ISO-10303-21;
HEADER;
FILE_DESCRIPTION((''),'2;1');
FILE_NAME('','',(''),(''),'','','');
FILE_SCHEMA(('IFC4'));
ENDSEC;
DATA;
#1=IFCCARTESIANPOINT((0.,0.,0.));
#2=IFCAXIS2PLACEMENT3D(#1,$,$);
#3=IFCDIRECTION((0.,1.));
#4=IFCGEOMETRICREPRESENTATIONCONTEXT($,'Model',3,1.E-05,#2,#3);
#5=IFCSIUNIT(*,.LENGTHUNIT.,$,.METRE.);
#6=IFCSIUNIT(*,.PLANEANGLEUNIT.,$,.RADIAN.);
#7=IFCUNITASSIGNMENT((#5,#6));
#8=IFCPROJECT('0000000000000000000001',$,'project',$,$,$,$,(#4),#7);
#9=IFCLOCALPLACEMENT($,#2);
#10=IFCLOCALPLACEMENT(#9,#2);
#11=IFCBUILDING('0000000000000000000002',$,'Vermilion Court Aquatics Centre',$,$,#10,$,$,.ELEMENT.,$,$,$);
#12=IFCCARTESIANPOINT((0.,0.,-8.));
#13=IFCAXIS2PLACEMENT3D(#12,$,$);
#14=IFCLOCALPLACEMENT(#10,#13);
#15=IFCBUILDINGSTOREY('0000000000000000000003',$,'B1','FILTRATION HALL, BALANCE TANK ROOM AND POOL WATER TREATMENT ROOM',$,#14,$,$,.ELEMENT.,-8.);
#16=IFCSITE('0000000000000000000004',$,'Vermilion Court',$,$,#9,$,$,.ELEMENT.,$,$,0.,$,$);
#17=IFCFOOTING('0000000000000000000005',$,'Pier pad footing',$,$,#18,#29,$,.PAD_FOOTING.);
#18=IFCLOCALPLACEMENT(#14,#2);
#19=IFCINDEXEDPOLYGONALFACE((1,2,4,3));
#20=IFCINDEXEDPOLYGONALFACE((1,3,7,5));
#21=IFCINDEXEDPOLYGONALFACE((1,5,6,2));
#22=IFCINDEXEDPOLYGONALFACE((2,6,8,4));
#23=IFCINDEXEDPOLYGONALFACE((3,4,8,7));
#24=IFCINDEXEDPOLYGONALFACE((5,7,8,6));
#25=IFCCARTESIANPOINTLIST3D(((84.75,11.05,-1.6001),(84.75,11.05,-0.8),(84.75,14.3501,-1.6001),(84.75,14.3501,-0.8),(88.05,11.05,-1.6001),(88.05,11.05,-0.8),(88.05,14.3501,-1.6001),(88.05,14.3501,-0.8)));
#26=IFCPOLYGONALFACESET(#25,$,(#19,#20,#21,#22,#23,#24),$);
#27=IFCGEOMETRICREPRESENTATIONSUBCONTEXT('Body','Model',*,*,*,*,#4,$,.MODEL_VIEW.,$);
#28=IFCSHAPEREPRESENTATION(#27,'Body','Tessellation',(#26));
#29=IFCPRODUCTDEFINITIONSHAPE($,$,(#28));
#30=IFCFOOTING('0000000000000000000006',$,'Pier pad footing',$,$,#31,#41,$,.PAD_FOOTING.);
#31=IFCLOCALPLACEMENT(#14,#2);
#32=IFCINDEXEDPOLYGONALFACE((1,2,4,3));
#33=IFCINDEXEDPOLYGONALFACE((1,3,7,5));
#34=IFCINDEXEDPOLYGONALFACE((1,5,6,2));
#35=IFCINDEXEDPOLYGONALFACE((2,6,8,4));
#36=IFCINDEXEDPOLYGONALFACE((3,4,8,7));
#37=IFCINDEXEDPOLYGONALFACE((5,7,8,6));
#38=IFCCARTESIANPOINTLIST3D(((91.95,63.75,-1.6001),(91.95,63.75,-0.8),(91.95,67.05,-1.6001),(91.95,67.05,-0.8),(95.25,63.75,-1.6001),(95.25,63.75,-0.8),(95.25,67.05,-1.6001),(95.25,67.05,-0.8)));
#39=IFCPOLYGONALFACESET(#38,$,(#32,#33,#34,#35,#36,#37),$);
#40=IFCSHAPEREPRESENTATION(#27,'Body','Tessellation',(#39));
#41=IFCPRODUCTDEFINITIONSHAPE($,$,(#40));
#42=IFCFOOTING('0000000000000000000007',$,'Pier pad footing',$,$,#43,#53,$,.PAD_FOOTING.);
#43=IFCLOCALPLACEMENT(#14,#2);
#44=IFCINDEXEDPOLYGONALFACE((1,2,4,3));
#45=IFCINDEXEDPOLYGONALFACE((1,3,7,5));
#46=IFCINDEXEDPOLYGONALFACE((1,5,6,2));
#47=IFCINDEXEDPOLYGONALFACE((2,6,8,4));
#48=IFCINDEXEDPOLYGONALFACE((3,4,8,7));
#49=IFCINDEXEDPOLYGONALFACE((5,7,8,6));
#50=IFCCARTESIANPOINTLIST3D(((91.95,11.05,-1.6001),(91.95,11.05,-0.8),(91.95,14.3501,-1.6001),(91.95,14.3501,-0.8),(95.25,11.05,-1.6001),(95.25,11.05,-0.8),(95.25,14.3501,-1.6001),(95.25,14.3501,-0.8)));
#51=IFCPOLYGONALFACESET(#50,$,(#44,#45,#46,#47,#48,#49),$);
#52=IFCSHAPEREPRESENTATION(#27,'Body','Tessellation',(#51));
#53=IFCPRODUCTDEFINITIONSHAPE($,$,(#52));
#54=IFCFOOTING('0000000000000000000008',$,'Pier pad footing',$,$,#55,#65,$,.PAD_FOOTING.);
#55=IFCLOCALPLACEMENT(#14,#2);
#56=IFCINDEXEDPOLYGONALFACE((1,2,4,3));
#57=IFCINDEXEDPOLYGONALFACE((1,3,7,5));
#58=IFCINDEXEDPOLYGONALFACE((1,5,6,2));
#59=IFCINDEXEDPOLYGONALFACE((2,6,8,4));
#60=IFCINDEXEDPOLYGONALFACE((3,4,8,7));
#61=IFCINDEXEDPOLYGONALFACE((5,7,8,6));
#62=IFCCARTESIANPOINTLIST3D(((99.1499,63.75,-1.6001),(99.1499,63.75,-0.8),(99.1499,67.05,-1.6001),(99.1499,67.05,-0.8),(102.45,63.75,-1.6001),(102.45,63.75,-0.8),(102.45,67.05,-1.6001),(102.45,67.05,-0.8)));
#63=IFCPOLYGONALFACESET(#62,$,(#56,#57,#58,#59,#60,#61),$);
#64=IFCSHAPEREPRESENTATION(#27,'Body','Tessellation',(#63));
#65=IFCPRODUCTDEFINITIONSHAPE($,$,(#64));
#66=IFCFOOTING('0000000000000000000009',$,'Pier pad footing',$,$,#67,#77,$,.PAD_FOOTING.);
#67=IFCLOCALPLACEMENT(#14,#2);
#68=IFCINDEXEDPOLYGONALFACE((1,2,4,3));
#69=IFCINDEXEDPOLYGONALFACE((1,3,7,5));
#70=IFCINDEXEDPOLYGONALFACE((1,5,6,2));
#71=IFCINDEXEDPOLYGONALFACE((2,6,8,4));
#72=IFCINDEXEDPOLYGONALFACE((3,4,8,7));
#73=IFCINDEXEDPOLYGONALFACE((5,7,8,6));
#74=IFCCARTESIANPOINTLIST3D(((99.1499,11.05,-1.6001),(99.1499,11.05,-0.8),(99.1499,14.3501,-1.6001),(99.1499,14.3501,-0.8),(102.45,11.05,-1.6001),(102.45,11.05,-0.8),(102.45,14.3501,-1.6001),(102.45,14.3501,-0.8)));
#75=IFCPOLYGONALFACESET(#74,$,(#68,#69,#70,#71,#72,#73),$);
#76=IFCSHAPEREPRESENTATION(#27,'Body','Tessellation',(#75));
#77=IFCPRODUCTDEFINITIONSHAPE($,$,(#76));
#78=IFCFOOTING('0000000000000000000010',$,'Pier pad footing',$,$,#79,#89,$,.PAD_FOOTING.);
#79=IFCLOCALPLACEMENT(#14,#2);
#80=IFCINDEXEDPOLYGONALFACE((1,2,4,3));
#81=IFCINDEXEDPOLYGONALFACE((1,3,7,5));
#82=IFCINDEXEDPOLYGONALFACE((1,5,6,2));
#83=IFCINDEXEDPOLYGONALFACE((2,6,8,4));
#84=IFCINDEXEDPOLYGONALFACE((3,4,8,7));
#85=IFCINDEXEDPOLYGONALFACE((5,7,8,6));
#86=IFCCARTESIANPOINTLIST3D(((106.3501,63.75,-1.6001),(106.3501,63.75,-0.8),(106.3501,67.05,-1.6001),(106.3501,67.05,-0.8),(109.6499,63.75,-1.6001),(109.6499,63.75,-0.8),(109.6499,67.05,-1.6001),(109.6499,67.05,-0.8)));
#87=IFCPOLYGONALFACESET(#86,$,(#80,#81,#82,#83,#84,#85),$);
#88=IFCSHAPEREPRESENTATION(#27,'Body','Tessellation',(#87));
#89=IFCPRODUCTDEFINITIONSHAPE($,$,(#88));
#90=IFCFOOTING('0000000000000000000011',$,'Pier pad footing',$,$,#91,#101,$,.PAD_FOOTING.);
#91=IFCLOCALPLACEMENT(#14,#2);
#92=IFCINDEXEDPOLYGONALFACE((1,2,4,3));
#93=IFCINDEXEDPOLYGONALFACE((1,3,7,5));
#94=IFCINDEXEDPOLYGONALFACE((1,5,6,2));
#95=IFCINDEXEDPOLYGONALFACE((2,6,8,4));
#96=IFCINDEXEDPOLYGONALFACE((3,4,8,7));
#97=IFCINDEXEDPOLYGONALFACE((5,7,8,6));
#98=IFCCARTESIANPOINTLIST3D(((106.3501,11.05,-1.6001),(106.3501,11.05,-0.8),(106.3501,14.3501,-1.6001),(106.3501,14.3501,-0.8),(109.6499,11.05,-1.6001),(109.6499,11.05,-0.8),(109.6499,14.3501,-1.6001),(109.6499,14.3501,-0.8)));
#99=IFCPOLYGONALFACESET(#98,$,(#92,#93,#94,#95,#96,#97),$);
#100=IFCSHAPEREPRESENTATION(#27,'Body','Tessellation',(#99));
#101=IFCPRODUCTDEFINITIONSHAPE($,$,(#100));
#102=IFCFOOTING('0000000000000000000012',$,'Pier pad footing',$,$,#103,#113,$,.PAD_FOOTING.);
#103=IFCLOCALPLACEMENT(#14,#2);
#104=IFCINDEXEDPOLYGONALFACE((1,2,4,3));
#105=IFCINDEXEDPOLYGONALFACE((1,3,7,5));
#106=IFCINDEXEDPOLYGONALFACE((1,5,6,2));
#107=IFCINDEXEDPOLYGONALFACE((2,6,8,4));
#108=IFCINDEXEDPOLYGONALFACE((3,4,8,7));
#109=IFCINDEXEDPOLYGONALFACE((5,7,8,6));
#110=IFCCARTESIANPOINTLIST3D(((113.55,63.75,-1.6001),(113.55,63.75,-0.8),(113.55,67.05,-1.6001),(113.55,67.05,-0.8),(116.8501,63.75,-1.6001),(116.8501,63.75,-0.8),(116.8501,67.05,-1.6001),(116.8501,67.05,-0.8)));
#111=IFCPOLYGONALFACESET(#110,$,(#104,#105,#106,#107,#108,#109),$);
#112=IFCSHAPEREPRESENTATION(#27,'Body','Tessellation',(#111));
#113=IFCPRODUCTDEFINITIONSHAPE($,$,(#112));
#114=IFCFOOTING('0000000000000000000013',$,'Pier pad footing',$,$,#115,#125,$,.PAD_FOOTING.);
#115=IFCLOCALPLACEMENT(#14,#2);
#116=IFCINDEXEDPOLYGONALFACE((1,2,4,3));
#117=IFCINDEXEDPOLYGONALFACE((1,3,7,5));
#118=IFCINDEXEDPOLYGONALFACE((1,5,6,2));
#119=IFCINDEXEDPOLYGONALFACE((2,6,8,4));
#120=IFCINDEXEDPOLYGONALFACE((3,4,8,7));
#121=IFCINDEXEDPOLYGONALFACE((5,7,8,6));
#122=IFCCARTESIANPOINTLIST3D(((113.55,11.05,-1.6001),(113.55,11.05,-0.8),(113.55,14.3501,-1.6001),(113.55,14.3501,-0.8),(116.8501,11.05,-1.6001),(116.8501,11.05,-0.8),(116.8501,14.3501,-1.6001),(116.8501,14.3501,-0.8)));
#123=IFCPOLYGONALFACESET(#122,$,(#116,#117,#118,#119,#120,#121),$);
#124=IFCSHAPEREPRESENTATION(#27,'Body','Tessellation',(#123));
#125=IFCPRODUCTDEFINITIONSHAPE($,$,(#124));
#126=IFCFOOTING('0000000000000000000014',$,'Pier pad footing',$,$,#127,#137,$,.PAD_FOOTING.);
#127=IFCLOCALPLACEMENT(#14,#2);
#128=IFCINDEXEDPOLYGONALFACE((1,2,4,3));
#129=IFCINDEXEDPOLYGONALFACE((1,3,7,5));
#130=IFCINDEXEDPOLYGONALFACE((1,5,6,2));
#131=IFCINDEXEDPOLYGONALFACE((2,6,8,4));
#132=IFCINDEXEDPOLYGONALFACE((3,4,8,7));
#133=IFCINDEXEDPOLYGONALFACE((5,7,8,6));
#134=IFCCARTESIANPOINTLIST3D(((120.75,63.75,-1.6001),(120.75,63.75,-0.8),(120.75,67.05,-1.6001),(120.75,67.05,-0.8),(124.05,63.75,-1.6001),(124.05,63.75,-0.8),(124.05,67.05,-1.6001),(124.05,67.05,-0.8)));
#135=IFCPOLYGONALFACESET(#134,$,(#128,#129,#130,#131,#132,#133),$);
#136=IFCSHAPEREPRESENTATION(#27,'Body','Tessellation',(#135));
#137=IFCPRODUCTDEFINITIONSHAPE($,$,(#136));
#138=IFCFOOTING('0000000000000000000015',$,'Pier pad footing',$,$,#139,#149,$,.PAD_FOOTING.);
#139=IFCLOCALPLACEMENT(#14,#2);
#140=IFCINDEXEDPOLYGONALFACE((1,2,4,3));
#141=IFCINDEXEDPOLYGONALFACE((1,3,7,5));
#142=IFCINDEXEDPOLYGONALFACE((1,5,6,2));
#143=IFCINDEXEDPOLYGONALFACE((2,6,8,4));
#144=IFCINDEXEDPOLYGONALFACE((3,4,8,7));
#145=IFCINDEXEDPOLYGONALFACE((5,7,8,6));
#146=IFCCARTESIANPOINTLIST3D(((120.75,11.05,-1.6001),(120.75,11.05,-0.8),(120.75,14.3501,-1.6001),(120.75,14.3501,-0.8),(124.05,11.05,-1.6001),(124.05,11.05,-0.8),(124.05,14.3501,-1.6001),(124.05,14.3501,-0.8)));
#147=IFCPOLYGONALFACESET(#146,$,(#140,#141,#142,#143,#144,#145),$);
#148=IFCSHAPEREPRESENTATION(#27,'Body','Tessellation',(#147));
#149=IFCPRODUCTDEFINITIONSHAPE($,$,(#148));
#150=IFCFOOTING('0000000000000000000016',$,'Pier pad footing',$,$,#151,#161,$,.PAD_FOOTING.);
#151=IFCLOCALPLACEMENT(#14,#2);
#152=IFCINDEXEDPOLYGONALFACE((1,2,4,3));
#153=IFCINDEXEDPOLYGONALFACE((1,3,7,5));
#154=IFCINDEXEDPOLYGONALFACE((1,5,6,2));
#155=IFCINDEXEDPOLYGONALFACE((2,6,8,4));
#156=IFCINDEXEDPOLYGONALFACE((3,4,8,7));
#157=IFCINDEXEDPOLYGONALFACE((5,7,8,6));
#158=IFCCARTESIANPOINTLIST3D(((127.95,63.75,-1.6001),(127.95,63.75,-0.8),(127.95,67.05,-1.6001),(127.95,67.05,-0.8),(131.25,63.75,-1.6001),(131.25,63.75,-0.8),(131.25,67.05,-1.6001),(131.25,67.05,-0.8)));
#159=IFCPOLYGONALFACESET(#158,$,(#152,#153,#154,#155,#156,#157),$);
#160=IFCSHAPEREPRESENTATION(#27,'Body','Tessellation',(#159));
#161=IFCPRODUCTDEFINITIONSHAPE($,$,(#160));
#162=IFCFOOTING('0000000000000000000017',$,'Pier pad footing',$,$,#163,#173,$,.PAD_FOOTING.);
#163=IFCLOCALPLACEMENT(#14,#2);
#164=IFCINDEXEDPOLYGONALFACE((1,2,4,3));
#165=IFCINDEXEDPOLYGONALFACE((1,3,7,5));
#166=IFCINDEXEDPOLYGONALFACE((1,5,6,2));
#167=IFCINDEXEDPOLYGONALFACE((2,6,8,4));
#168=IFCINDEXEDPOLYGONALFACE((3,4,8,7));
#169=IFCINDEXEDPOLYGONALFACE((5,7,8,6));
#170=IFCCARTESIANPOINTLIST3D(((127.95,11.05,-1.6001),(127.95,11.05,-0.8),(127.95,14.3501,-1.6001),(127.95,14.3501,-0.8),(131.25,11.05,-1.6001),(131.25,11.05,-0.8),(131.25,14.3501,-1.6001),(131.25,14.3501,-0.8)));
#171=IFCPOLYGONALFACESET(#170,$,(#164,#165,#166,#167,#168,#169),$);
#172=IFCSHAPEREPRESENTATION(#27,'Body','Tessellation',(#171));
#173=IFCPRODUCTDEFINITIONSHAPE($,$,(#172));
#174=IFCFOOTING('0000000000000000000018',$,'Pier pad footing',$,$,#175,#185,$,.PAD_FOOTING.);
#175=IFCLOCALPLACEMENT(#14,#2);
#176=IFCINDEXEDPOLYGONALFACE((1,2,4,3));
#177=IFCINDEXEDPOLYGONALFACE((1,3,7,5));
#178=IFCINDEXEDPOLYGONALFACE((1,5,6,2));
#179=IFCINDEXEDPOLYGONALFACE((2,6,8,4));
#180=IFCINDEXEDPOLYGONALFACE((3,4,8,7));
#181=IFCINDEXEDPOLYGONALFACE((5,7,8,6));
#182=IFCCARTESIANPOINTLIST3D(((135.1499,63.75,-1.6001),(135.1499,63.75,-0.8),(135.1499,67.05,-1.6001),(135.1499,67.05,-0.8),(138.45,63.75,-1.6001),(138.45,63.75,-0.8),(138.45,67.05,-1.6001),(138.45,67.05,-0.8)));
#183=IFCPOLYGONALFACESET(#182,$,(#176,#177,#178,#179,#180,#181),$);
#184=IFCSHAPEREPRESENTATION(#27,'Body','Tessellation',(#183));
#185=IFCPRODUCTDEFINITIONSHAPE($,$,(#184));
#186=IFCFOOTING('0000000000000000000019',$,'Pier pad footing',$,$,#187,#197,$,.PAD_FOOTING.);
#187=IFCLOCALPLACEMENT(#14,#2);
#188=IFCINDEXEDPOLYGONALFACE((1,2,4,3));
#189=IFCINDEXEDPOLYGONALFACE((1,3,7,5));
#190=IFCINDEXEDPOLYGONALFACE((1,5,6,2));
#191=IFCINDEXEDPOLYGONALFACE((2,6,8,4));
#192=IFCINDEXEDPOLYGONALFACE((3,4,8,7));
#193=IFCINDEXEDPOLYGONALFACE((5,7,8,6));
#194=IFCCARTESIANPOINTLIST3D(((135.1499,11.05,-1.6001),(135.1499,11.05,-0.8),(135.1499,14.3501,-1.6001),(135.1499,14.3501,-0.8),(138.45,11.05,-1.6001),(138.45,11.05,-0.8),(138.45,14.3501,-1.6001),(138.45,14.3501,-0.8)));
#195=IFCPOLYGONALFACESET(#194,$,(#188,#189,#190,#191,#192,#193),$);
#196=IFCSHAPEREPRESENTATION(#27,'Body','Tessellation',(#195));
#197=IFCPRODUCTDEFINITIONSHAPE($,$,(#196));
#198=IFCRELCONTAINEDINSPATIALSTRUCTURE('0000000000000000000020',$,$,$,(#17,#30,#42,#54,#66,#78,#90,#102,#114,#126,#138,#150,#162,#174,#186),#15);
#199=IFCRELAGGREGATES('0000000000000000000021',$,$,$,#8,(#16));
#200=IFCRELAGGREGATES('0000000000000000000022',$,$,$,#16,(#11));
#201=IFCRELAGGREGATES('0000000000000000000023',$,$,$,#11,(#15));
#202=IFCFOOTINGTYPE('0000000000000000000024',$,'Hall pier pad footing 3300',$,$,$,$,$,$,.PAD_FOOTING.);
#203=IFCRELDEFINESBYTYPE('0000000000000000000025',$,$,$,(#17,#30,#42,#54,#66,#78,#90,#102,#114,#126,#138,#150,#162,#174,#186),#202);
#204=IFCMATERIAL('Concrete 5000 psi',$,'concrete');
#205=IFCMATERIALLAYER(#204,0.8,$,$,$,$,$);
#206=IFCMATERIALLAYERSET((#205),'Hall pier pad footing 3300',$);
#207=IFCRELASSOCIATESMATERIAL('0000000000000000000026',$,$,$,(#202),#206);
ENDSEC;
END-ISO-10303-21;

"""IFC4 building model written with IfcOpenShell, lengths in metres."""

from ifc_helpers import new_model, si_unit, direction, frame, origin, place, context, subcontext, project, spatial, polyline, outline, extrude, material, layer, layer_set, type_object, element, save


model = new_model("IFC4")

# Units and contexts
model_context = context("Model", 3, precision=1e-05, world=origin(), true_north=direction((0.0, 1.0)))
body_context = subcontext(model_context, "Body", "Model", "MODEL_VIEW")
ifc_project = project(units=[si_unit("LENGTHUNIT", "METRE"), si_unit("PLANEANGLEUNIT", "RADIAN")], contexts=[model_context])

# Site, building, storey
site_placement = place(None, origin())
site = spatial("IfcSite", under=ifc_project, at=site_placement, Name="Vermilion Court", CompositionType="ELEMENT", RefElevation=0.0)
building_placement = place(site_placement, origin())
building = spatial("IfcBuilding", under=site, at=building_placement, Name="Vermilion Court Aquatics Centre", CompositionType="ELEMENT")
storey_placement = place(building_placement, frame((0.0, 0.0, -8.0)))
storey = spatial("IfcBuildingStorey", under=building, at=storey_placement, Name="B1", Description="FILTRATION HALL, BALANCE TANK ROOM AND POOL WATER TREATMENT ROOM", CompositionType="ELEMENT", Elevation=-8.0)

# Footings
ifc_material_1 = material(Name="Concrete 5000 psi", Category="concrete")
ifc_layer_1 = layer(ifc_material_1, 0.8)
ifc_layer_set_1 = layer_set([ifc_layer_1], Name="Hall pier pad footing 3300")
footing_type_1 = type_object("IfcFootingType", Name="Hall pier pad footing 3300", PredefinedType="PAD_FOOTING", material=ifc_layer_set_1)
footing_1_placement = place(storey_placement, frame((0.0, 0.0, -1.6001)))
element("IfcFooting", 1, at=footing_1_placement, inside=storey, type_object=footing_type_1, Name="Pier pad footing", PredefinedType="PAD_FOOTING", context=body_context, shape_type="SweptSolid", body=[
    extrude(outline(polyline([(84.75, 11.05), (88.05, 11.05), (88.05, 14.3501), (84.75, 14.3501), (84.75, 11.05)])), origin(), (0.0, 0.0, 1.0), 0.8),
])
footing_2_placement = place(storey_placement, frame((0.0, 0.0, -1.6001)))
element("IfcFooting", 2, at=footing_2_placement, inside=storey, type_object=footing_type_1, Name="Pier pad footing", PredefinedType="PAD_FOOTING", context=body_context, shape_type="SweptSolid", body=[
    extrude(outline(polyline([(91.95, 63.75), (95.25, 63.75), (95.25, 67.05), (91.95, 67.05), (91.95, 63.75)])), origin(), (0.0, 0.0, 1.0), 0.8),
])
footing_3_placement = place(storey_placement, frame((0.0, 0.0, -1.6001)))
element("IfcFooting", 3, at=footing_3_placement, inside=storey, type_object=footing_type_1, Name="Pier pad footing", PredefinedType="PAD_FOOTING", context=body_context, shape_type="SweptSolid", body=[
    extrude(outline(polyline([(91.95, 11.05), (95.25, 11.05), (95.25, 14.3501), (91.95, 14.3501), (91.95, 11.05)])), origin(), (0.0, 0.0, 1.0), 0.8),
])
footing_4_placement = place(storey_placement, frame((0.0, 0.0, -1.6001)))
element("IfcFooting", 4, at=footing_4_placement, inside=storey, type_object=footing_type_1, Name="Pier pad footing", PredefinedType="PAD_FOOTING", context=body_context, shape_type="SweptSolid", body=[
    extrude(outline(polyline([(99.1499, 63.75), (102.45, 63.75), (102.45, 67.05), (99.1499, 67.05), (99.1499, 63.75)])), origin(), (0.0, 0.0, 1.0), 0.8),
])
footing_5_placement = place(storey_placement, frame((0.0, 0.0, -1.6001)))
element("IfcFooting", 5, at=footing_5_placement, inside=storey, type_object=footing_type_1, Name="Pier pad footing", PredefinedType="PAD_FOOTING", context=body_context, shape_type="SweptSolid", body=[
    extrude(outline(polyline([(99.1499, 11.05), (102.45, 11.05), (102.45, 14.3501), (99.1499, 14.3501), (99.1499, 11.05)])), origin(), (0.0, 0.0, 1.0), 0.8),
])
footing_6_placement = place(storey_placement, frame((0.0, 0.0, -1.6001)))
element("IfcFooting", 6, at=footing_6_placement, inside=storey, type_object=footing_type_1, Name="Pier pad footing", PredefinedType="PAD_FOOTING", context=body_context, shape_type="SweptSolid", body=[
    extrude(outline(polyline([(106.3501, 63.75), (109.6499, 63.75), (109.6499, 67.05), (106.3501, 67.05), (106.3501, 63.75)])), origin(), (0.0, 0.0, 1.0), 0.8),
])
footing_7_placement = place(storey_placement, frame((0.0, 0.0, -1.6001)))
element("IfcFooting", 7, at=footing_7_placement, inside=storey, type_object=footing_type_1, Name="Pier pad footing", PredefinedType="PAD_FOOTING", context=body_context, shape_type="SweptSolid", body=[
    extrude(outline(polyline([(106.3501, 11.05), (109.6499, 11.05), (109.6499, 14.3501), (106.3501, 14.3501), (106.3501, 11.05)])), origin(), (0.0, 0.0, 1.0), 0.8),
])
footing_8_placement = place(storey_placement, frame((0.0, 0.0, -1.6001)))
element("IfcFooting", 8, at=footing_8_placement, inside=storey, type_object=footing_type_1, Name="Pier pad footing", PredefinedType="PAD_FOOTING", context=body_context, shape_type="SweptSolid", body=[
    extrude(outline(polyline([(113.55, 63.75), (116.8501, 63.75), (116.8501, 67.05), (113.55, 67.05), (113.55, 63.75)])), origin(), (0.0, 0.0, 1.0), 0.8),
])
footing_9_placement = place(storey_placement, frame((0.0, 0.0, -1.6001)))
element("IfcFooting", 9, at=footing_9_placement, inside=storey, type_object=footing_type_1, Name="Pier pad footing", PredefinedType="PAD_FOOTING", context=body_context, shape_type="SweptSolid", body=[
    extrude(outline(polyline([(113.55, 11.05), (116.8501, 11.05), (116.8501, 14.3501), (113.55, 14.3501), (113.55, 11.05)])), origin(), (0.0, 0.0, 1.0), 0.8),
])
footing_10_placement = place(storey_placement, frame((0.0, 0.0, -1.6001)))
element("IfcFooting", 10, at=footing_10_placement, inside=storey, type_object=footing_type_1, Name="Pier pad footing", PredefinedType="PAD_FOOTING", context=body_context, shape_type="SweptSolid", body=[
    extrude(outline(polyline([(120.75, 63.75), (124.05, 63.75), (124.05, 67.05), (120.75, 67.05), (120.75, 63.75)])), origin(), (0.0, 0.0, 1.0), 0.8),
])
footing_11_placement = place(storey_placement, frame((0.0, 0.0, -1.6001)))
element("IfcFooting", 11, at=footing_11_placement, inside=storey, type_object=footing_type_1, Name="Pier pad footing", PredefinedType="PAD_FOOTING", context=body_context, shape_type="SweptSolid", body=[
    extrude(outline(polyline([(120.75, 11.05), (124.05, 11.05), (124.05, 14.3501), (120.75, 14.3501), (120.75, 11.05)])), origin(), (0.0, 0.0, 1.0), 0.8),
])
footing_12_placement = place(storey_placement, frame((0.0, 0.0, -1.6001)))
element("IfcFooting", 12, at=footing_12_placement, inside=storey, type_object=footing_type_1, Name="Pier pad footing", PredefinedType="PAD_FOOTING", context=body_context, shape_type="SweptSolid", body=[
    extrude(outline(polyline([(127.95, 63.75), (131.25, 63.75), (131.25, 67.05), (127.95, 67.05), (127.95, 63.75)])), origin(), (0.0, 0.0, 1.0), 0.8),
])
footing_13_placement = place(storey_placement, frame((0.0, 0.0, -1.6001)))
element("IfcFooting", 13, at=footing_13_placement, inside=storey, type_object=footing_type_1, Name="Pier pad footing", PredefinedType="PAD_FOOTING", context=body_context, shape_type="SweptSolid", body=[
    extrude(outline(polyline([(127.95, 11.05), (131.25, 11.05), (131.25, 14.3501), (127.95, 14.3501), (127.95, 11.05)])), origin(), (0.0, 0.0, 1.0), 0.8),
])
footing_14_placement = place(storey_placement, frame((0.0, 0.0, -1.6001)))
element("IfcFooting", 14, at=footing_14_placement, inside=storey, type_object=footing_type_1, Name="Pier pad footing", PredefinedType="PAD_FOOTING", context=body_context, shape_type="SweptSolid", body=[
    extrude(outline(polyline([(135.1499, 63.75), (138.45, 63.75), (138.45, 67.05), (135.1499, 67.05), (135.1499, 63.75)])), origin(), (0.0, 0.0, 1.0), 0.8),
])
footing_15_placement = place(storey_placement, frame((0.0, 0.0, -1.6001)))
element("IfcFooting", 15, at=footing_15_placement, inside=storey, type_object=footing_type_1, Name="Pier pad footing", PredefinedType="PAD_FOOTING", context=body_context, shape_type="SweptSolid", body=[
    extrude(outline(polyline([(135.1499, 11.05), (138.45, 11.05), (138.45, 14.3501), (135.1499, 14.3501), (135.1499, 11.05)])), origin(), (0.0, 0.0, 1.0), 0.8),
])

save(model, "model.ifc")
